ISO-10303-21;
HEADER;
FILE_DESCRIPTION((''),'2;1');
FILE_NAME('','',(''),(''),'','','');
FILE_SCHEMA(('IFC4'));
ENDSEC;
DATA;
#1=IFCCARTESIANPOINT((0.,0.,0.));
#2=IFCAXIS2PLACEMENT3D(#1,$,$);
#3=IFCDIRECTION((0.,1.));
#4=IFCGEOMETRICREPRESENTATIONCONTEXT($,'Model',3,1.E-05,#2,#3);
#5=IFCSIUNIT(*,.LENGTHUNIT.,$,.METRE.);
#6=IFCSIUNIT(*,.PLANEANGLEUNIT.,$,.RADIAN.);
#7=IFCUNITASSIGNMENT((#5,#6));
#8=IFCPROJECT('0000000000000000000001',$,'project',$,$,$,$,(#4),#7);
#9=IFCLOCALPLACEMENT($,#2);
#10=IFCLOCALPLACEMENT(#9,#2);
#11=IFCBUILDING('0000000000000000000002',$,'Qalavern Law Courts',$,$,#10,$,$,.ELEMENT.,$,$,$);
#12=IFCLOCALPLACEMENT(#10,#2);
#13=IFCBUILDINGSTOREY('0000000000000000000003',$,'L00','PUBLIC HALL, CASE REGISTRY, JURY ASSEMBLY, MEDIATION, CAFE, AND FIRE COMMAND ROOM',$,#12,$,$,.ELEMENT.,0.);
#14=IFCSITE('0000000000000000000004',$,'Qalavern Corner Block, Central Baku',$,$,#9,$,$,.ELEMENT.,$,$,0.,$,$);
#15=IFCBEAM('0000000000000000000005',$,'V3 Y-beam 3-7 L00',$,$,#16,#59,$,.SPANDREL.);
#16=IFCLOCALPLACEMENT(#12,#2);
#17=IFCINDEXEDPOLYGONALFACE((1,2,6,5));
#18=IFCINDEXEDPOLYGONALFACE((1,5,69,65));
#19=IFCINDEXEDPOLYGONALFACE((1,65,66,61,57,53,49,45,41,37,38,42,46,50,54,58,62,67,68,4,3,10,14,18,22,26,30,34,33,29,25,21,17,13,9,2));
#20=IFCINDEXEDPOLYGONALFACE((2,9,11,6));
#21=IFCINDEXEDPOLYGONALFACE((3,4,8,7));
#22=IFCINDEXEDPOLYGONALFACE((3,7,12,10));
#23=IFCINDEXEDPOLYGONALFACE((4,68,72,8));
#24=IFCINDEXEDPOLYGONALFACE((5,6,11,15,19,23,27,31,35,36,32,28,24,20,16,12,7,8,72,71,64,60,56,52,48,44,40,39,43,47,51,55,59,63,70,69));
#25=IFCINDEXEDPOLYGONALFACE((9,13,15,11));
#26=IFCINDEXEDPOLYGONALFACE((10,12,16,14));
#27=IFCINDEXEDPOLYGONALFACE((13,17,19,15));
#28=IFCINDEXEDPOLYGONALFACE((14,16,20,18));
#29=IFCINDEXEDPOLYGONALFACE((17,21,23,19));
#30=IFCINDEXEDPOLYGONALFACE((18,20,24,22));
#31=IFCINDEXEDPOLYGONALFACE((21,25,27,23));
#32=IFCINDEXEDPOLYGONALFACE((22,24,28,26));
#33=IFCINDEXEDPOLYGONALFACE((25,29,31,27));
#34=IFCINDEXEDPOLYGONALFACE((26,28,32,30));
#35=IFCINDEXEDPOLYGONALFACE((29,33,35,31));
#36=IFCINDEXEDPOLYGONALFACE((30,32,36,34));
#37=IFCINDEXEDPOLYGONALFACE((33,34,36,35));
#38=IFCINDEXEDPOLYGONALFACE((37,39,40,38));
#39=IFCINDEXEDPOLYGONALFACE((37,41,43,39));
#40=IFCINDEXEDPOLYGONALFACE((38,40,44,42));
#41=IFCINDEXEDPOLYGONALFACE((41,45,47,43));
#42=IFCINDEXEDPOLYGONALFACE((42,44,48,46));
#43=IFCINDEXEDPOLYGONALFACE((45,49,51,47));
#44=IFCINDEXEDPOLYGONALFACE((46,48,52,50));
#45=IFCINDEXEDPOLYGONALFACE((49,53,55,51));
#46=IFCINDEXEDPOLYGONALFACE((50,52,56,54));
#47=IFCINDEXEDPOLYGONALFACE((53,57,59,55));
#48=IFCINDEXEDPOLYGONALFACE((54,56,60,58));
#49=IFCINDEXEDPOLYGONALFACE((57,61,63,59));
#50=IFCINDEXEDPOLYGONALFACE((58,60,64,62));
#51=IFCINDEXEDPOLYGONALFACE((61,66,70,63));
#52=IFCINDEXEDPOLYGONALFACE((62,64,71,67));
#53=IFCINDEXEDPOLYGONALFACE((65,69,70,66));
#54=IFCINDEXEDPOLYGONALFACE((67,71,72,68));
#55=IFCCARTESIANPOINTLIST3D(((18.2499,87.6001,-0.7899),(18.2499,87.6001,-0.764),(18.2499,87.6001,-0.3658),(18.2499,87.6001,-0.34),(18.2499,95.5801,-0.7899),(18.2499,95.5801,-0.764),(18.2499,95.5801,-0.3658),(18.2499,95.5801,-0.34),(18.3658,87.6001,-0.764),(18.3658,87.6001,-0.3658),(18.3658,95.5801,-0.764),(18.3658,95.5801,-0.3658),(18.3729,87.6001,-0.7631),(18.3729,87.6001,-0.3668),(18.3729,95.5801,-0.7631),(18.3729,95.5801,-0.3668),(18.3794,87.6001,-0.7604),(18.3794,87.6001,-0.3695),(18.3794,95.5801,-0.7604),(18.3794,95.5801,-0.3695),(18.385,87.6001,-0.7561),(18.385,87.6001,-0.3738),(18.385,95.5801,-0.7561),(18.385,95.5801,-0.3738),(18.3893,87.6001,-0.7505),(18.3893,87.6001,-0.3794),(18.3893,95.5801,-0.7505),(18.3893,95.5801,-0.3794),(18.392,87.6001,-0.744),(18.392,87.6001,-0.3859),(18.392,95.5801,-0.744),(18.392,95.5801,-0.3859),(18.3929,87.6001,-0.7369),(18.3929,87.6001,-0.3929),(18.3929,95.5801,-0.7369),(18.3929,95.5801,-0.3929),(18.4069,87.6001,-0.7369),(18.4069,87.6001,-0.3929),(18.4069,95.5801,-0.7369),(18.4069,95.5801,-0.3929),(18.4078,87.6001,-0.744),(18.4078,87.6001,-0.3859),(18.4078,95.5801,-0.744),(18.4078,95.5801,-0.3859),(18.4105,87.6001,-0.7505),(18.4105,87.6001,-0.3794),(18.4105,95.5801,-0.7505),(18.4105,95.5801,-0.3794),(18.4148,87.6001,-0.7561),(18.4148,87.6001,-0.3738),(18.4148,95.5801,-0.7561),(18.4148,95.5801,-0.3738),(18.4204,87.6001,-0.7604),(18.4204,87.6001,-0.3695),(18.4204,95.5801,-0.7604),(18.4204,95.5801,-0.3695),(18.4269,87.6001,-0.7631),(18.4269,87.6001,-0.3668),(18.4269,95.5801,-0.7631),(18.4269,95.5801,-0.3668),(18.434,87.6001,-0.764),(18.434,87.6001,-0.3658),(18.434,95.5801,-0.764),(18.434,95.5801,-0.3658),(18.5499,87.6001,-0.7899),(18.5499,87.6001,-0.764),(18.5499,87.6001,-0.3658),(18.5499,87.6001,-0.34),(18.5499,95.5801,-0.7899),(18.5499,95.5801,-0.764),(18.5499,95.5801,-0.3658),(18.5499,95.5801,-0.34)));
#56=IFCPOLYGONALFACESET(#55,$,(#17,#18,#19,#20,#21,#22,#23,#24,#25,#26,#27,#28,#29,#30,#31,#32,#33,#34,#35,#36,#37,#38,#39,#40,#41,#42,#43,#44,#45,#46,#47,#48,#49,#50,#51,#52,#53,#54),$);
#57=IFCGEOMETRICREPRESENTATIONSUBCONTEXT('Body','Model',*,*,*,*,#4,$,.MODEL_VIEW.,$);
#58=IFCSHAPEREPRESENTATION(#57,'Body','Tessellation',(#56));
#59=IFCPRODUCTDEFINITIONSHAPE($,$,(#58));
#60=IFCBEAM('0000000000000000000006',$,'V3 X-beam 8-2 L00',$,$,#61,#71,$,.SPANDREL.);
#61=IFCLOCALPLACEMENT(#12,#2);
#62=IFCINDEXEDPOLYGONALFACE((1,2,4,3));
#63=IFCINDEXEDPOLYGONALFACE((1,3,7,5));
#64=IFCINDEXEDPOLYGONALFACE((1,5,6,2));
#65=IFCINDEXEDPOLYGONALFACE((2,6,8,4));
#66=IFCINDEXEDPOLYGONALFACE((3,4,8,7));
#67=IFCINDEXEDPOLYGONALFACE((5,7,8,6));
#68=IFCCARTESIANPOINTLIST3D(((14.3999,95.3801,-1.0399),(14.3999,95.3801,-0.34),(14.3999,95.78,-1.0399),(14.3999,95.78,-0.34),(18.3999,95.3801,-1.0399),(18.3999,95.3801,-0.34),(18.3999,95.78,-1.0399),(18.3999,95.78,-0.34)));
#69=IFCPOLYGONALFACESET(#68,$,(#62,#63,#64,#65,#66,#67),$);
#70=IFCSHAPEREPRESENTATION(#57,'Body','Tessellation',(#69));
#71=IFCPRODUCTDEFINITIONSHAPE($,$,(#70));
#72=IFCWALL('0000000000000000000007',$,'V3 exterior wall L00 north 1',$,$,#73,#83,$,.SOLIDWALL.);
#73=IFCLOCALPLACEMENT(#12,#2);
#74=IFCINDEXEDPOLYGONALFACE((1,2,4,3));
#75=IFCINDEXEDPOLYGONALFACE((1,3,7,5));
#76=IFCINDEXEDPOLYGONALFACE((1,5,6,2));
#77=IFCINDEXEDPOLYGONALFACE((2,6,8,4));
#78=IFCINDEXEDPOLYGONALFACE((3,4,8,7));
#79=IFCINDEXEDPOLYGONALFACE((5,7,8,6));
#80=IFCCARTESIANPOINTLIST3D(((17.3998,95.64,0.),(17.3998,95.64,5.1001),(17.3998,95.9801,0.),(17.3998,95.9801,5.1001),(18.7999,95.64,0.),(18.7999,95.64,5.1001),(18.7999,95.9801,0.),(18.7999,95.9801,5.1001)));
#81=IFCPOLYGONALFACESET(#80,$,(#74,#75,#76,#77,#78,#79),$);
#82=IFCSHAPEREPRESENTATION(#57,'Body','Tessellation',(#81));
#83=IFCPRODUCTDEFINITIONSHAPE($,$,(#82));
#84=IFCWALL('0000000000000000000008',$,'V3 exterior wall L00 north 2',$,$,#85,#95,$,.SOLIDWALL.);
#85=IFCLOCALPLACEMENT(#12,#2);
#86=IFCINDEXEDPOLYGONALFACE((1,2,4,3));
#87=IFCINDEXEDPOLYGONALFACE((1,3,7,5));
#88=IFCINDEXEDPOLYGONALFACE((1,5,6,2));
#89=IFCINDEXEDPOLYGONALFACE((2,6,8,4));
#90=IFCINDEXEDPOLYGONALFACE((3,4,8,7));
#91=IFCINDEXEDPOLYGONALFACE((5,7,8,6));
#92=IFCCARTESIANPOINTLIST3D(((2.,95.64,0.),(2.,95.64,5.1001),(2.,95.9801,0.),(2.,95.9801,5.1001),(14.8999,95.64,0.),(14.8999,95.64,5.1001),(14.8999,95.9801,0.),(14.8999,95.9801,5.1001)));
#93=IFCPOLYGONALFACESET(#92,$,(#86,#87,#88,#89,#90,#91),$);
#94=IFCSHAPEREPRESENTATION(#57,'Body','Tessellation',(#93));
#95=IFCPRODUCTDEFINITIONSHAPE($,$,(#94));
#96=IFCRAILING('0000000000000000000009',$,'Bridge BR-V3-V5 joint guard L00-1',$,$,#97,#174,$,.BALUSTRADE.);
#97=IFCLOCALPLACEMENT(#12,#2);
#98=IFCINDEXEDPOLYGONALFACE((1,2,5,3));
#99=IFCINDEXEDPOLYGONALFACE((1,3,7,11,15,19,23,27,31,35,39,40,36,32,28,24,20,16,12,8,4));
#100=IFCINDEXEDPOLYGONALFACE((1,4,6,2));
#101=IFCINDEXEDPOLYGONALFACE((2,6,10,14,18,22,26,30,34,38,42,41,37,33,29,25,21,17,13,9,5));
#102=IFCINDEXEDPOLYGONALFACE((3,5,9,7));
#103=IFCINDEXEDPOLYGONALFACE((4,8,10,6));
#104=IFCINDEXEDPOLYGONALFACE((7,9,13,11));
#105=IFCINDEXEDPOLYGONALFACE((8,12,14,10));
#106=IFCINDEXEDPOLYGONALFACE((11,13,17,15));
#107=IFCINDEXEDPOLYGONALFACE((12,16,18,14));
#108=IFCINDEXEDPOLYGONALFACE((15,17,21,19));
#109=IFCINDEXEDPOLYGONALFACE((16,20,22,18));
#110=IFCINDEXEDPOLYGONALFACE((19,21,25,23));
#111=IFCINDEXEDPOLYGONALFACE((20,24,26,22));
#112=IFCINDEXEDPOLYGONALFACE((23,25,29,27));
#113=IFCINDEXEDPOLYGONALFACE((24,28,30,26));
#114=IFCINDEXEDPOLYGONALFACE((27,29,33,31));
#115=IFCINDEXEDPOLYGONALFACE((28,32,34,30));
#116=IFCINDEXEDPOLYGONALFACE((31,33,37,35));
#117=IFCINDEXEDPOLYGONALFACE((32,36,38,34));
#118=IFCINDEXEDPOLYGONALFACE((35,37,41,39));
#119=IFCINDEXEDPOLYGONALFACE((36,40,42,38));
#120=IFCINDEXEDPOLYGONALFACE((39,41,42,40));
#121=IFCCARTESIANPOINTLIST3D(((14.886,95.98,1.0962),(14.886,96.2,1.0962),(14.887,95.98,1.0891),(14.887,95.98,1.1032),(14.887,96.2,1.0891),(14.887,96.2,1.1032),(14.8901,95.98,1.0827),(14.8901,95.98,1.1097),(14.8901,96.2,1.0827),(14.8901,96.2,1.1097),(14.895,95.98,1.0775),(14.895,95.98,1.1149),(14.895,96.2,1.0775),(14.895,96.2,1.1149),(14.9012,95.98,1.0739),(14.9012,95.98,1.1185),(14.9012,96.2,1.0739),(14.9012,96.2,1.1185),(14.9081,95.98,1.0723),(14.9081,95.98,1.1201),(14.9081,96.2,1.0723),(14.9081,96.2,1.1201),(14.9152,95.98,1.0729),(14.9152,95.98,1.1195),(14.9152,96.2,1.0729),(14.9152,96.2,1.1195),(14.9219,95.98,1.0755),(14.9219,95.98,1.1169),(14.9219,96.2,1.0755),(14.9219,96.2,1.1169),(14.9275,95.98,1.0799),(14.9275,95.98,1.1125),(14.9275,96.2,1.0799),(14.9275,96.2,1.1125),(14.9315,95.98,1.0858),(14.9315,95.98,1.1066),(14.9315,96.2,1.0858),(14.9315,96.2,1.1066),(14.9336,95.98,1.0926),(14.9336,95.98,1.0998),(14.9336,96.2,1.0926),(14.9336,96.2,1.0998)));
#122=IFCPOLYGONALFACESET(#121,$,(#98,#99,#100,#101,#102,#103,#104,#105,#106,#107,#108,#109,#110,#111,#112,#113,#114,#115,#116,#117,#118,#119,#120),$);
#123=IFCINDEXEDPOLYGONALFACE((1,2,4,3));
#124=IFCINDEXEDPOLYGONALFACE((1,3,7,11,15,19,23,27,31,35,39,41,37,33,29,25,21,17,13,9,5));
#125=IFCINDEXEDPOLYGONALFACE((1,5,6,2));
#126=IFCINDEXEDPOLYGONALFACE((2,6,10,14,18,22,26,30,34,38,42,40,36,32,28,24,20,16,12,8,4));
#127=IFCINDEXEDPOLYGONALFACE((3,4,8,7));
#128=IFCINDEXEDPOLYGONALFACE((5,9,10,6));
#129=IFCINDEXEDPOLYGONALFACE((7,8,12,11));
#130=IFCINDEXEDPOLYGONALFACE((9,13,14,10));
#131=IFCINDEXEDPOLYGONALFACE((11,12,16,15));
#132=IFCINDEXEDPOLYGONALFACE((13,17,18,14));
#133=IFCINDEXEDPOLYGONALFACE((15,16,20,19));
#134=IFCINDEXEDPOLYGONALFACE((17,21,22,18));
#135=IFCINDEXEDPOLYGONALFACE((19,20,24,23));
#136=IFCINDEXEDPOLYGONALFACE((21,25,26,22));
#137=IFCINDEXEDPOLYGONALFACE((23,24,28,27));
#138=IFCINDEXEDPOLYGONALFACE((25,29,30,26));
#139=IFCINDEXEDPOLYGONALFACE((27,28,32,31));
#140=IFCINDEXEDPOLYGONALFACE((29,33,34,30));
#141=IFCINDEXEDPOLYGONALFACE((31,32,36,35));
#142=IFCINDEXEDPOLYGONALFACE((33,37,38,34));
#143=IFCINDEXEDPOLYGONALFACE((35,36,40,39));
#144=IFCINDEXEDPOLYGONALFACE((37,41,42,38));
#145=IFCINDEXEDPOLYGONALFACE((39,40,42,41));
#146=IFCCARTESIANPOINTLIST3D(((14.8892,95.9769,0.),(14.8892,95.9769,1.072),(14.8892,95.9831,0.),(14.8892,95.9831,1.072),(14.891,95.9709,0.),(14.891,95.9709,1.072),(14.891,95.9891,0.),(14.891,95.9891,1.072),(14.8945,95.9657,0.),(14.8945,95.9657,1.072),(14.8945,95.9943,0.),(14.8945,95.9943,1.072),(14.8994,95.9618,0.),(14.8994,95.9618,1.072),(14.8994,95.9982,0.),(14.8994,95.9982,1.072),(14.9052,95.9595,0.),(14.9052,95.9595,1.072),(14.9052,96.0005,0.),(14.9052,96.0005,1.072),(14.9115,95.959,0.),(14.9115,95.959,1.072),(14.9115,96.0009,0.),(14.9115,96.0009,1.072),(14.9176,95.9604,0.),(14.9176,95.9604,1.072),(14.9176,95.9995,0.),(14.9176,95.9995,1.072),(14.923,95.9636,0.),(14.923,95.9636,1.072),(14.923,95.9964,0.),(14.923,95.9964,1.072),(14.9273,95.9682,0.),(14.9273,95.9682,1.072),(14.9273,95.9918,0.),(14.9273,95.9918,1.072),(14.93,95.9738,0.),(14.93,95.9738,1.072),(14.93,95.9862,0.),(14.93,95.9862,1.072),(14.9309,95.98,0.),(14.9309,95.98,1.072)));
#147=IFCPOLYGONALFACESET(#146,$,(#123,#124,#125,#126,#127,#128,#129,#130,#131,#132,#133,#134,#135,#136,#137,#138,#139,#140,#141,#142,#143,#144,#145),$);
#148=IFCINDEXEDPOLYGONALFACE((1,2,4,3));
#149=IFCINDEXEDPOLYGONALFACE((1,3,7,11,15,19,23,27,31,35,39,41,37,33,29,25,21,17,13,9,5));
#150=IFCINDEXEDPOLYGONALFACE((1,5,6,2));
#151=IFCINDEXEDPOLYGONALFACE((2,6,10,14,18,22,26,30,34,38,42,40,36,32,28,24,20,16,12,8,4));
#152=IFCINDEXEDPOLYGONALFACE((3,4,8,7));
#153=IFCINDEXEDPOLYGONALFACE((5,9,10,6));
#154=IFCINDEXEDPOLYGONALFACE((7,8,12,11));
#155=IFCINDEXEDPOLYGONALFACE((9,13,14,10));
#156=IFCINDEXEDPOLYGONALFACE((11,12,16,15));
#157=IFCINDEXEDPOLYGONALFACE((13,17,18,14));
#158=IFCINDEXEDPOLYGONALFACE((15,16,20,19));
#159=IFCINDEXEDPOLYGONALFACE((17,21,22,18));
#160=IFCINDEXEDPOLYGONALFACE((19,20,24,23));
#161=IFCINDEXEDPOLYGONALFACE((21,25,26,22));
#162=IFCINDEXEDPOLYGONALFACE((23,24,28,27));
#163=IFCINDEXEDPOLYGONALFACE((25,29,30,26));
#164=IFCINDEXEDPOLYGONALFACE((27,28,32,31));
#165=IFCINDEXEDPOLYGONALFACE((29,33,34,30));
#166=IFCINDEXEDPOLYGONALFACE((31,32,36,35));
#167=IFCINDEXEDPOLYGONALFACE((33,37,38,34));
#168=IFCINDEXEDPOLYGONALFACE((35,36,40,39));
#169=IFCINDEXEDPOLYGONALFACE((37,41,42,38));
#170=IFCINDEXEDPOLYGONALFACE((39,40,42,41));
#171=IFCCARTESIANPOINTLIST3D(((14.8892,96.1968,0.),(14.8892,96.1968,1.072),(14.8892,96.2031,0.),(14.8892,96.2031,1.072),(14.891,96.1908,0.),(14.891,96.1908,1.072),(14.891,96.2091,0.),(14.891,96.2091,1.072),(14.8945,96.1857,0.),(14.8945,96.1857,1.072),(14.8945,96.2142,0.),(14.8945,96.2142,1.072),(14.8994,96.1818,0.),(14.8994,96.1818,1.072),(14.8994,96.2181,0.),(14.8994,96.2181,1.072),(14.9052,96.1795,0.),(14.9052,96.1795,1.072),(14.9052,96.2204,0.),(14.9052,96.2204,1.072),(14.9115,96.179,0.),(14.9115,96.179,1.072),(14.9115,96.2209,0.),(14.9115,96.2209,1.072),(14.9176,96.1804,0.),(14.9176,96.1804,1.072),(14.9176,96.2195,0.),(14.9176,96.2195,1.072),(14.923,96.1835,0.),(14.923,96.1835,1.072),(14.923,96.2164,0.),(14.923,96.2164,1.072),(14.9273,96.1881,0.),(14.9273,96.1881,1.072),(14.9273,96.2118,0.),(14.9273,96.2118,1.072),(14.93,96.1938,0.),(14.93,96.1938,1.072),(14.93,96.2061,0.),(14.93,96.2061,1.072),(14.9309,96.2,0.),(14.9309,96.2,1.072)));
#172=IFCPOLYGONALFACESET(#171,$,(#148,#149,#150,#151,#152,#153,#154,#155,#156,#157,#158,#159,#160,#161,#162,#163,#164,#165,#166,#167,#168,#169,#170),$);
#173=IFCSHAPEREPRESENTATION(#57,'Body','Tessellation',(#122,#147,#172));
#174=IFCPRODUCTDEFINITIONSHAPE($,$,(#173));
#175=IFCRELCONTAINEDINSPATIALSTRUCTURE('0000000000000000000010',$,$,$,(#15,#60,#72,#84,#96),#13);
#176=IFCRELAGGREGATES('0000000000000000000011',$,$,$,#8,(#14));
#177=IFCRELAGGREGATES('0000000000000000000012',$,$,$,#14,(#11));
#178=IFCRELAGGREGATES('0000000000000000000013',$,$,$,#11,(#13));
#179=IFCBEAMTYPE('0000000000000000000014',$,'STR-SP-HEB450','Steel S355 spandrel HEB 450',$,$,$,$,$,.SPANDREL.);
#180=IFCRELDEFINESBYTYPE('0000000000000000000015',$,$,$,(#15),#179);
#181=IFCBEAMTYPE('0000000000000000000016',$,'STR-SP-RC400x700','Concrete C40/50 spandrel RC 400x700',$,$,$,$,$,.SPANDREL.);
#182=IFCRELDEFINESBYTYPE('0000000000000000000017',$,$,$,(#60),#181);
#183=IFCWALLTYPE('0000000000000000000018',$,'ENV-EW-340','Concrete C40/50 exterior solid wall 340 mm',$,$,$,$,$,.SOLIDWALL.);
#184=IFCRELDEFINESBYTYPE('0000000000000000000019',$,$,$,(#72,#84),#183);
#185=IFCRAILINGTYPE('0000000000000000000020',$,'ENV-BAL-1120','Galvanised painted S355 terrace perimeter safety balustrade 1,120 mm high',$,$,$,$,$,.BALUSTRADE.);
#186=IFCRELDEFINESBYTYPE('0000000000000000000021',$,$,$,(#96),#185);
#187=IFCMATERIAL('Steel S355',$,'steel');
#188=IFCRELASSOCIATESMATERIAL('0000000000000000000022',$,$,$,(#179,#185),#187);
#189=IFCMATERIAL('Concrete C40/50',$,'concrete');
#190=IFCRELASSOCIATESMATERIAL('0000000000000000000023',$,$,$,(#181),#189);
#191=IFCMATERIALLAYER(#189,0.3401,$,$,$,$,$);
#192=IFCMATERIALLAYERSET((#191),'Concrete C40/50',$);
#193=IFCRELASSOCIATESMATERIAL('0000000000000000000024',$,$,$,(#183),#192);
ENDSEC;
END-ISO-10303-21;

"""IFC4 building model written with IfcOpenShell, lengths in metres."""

from ifc_helpers import new_model, si_unit, direction, frame, frame_2d, origin, origin_2d, place, context, subcontext, project, spatial, rectangle, circle, i_section, extrude, material, layer, layer_set, material_profile, profile_set, type_object, element, save


model = new_model("IFC4")

# Units and contexts
model_context = context("Model", 3, precision=1e-05, world=origin(), true_north=direction((0.0, 1.0)))
body_context = subcontext(model_context, "Body", "Model", "MODEL_VIEW")
ifc_project = project(units=[si_unit("LENGTHUNIT", "METRE"), si_unit("PLANEANGLEUNIT", "RADIAN")], contexts=[model_context])

# Site, building, storey
site_placement = place(None, origin())
site = spatial("IfcSite", under=ifc_project, at=site_placement, Name="Qalavern Corner Block, Central Baku", CompositionType="ELEMENT", RefElevation=0.0)
building_placement = place(site_placement, origin())
building = spatial("IfcBuilding", under=site, at=building_placement, Name="Qalavern Law Courts", CompositionType="ELEMENT")
storey_placement = place(building_placement, origin())
storey = spatial("IfcBuildingStorey", under=building, at=storey_placement, Name="L00", Description="PUBLIC HALL, CASE REGISTRY, JURY ASSEMBLY, MEDIATION, CAFE, AND FIRE COMMAND ROOM", CompositionType="ELEMENT", Elevation=0.0)

# Beams
ifc_material_1 = material(Name="Steel S355", Category="steel")
ifc_material_profile_1 = material_profile(ifc_material_1, i_section(OverallWidth=0.3, OverallDepth=0.45, WebThickness=0.0139, FlangeThickness=0.0259, FilletRadius=0.0271, at=origin_2d()), Name="HEB 450")
ifc_profile_set_1 = profile_set([ifc_material_profile_1], Name="Steel S355")
beam_type_1 = type_object("IfcBeamType", Name="STR-SP-HEB450", Description="Steel S355 spandrel HEB 450", PredefinedType="SPANDREL", material=ifc_profile_set_1)
beam_1_placement = place(storey_placement, frame((18.3999, 87.6001, -0.5649), z_axis=(0.0, 1.0, 0.0), x_axis=(-1.0, 0.0, 0.0)))
element("IfcBeam", 1, at=beam_1_placement, inside=storey, type_object=beam_type_1, Name="V3 Y-beam 3-7 L00", PredefinedType="SPANDREL", context=body_context, shape_type="SweptSolid", body=[
    extrude(i_section(OverallWidth=0.3, OverallDepth=0.45, WebThickness=0.0139, FlangeThickness=0.0259, FilletRadius=0.0271, at=origin_2d()), origin(), (0.0, 0.0, 1.0), 7.98),
])
ifc_material_2 = material(Name="Concrete C40/50", Category="concrete")
ifc_material_profile_2 = material_profile(ifc_material_2, rectangle(XDim=0.3999, YDim=0.7, at=origin_2d()), Name="RC 400x700")
ifc_profile_set_2 = profile_set([ifc_material_profile_2], Name="Concrete C40/50")
beam_type_2 = type_object("IfcBeamType", Name="STR-SP-RC400x700", Description="Concrete C40/50 spandrel RC 400x700", PredefinedType="SPANDREL", material=ifc_profile_set_2)
beam_2_placement = place(storey_placement, frame((14.3999, 95.5801, -0.6899), z_axis=(1.0, 0.0, 0.0), x_axis=(0.0, 1.0, 0.0)))
element("IfcBeam", 2, at=beam_2_placement, inside=storey, type_object=beam_type_2, Name="V3 X-beam 8-2 L00", PredefinedType="SPANDREL", context=body_context, shape_type="SweptSolid", body=[
    extrude(rectangle(XDim=0.3999, YDim=0.7, at=origin_2d()), origin(), (0.0, 0.0, 1.0), 4.0),
])

# Walls
ifc_layer_1 = layer(ifc_material_2, 0.3401)
ifc_layer_set_1 = layer_set([ifc_layer_1], Name="Concrete C40/50")
wall_type = type_object("IfcWallType", Name="ENV-EW-340", Description="Concrete C40/50 exterior solid wall 340 mm", PredefinedType="SOLIDWALL", material=ifc_layer_set_1)
wall_1_placement = place(storey_placement, frame((18.8, 95.8101, 0.0), z_axis=(0.0, 0.0, 1.0), x_axis=(-1.0, 0.0, 0.0)))
element("IfcWall", 3, at=wall_1_placement, inside=storey, type_object=wall_type, Name="V3 exterior wall L00 north 1", PredefinedType="SOLIDWALL", context=body_context, shape_type="SweptSolid", body=[
    extrude(rectangle(XDim=1.4001, YDim=0.3401, at=frame_2d((0.7002, 0.0))), origin(), (0.0, 0.0, 1.0), 5.1001),
])
wall_2_placement = place(storey_placement, frame((14.8999, 95.8101, 0.0), z_axis=(0.0, 0.0, 1.0), x_axis=(-1.0, 0.0, 0.0)))
element("IfcWall", 4, at=wall_2_placement, inside=storey, type_object=wall_type, Name="V3 exterior wall L00 north 2", PredefinedType="SOLIDWALL", context=body_context, shape_type="SweptSolid", body=[
    extrude(rectangle(XDim=12.8999, YDim=0.3401, at=frame_2d((6.45, 0.0))), origin(), (0.0, 0.0, 1.0), 5.1001),
])

# Railing
railing_type = type_object("IfcRailingType", Name="ENV-BAL-1120", Description="Galvanised painted S355 terrace perimeter safety balustrade 1,120 mm high", PredefinedType="BALUSTRADE", material=ifc_material_1)
for number, where, name in (
    (5, (14.9099, 95.98, 0.0), "Bridge BR-V3-V5 joint guard L00-1"),
):
    element("IfcRailing", number, at=place(storey_placement, frame(where)), inside=storey, type_object=railing_type, Name=name, PredefinedType="BALUSTRADE", context=body_context, shape_type="SweptSolid", body=[
        extrude(circle(Radius=0.0239, at=origin_2d()), frame((0.0, 0.0, 1.0962), z_axis=(0.0, 1.0, 0.0), x_axis=(-1.0, 0.0, 0.0)), (0.0, 0.0, 1.0), 0.22),
        extrude(circle(Radius=0.021, at=origin_2d()), origin(), (0.0, 0.0, 1.0), 1.072),
        extrude(circle(Radius=0.021, at=origin_2d()), frame((0.0, 0.22, 0.0)), (0.0, 0.0, 1.0), 1.072),
    ])

save(model, "model.ifc")
